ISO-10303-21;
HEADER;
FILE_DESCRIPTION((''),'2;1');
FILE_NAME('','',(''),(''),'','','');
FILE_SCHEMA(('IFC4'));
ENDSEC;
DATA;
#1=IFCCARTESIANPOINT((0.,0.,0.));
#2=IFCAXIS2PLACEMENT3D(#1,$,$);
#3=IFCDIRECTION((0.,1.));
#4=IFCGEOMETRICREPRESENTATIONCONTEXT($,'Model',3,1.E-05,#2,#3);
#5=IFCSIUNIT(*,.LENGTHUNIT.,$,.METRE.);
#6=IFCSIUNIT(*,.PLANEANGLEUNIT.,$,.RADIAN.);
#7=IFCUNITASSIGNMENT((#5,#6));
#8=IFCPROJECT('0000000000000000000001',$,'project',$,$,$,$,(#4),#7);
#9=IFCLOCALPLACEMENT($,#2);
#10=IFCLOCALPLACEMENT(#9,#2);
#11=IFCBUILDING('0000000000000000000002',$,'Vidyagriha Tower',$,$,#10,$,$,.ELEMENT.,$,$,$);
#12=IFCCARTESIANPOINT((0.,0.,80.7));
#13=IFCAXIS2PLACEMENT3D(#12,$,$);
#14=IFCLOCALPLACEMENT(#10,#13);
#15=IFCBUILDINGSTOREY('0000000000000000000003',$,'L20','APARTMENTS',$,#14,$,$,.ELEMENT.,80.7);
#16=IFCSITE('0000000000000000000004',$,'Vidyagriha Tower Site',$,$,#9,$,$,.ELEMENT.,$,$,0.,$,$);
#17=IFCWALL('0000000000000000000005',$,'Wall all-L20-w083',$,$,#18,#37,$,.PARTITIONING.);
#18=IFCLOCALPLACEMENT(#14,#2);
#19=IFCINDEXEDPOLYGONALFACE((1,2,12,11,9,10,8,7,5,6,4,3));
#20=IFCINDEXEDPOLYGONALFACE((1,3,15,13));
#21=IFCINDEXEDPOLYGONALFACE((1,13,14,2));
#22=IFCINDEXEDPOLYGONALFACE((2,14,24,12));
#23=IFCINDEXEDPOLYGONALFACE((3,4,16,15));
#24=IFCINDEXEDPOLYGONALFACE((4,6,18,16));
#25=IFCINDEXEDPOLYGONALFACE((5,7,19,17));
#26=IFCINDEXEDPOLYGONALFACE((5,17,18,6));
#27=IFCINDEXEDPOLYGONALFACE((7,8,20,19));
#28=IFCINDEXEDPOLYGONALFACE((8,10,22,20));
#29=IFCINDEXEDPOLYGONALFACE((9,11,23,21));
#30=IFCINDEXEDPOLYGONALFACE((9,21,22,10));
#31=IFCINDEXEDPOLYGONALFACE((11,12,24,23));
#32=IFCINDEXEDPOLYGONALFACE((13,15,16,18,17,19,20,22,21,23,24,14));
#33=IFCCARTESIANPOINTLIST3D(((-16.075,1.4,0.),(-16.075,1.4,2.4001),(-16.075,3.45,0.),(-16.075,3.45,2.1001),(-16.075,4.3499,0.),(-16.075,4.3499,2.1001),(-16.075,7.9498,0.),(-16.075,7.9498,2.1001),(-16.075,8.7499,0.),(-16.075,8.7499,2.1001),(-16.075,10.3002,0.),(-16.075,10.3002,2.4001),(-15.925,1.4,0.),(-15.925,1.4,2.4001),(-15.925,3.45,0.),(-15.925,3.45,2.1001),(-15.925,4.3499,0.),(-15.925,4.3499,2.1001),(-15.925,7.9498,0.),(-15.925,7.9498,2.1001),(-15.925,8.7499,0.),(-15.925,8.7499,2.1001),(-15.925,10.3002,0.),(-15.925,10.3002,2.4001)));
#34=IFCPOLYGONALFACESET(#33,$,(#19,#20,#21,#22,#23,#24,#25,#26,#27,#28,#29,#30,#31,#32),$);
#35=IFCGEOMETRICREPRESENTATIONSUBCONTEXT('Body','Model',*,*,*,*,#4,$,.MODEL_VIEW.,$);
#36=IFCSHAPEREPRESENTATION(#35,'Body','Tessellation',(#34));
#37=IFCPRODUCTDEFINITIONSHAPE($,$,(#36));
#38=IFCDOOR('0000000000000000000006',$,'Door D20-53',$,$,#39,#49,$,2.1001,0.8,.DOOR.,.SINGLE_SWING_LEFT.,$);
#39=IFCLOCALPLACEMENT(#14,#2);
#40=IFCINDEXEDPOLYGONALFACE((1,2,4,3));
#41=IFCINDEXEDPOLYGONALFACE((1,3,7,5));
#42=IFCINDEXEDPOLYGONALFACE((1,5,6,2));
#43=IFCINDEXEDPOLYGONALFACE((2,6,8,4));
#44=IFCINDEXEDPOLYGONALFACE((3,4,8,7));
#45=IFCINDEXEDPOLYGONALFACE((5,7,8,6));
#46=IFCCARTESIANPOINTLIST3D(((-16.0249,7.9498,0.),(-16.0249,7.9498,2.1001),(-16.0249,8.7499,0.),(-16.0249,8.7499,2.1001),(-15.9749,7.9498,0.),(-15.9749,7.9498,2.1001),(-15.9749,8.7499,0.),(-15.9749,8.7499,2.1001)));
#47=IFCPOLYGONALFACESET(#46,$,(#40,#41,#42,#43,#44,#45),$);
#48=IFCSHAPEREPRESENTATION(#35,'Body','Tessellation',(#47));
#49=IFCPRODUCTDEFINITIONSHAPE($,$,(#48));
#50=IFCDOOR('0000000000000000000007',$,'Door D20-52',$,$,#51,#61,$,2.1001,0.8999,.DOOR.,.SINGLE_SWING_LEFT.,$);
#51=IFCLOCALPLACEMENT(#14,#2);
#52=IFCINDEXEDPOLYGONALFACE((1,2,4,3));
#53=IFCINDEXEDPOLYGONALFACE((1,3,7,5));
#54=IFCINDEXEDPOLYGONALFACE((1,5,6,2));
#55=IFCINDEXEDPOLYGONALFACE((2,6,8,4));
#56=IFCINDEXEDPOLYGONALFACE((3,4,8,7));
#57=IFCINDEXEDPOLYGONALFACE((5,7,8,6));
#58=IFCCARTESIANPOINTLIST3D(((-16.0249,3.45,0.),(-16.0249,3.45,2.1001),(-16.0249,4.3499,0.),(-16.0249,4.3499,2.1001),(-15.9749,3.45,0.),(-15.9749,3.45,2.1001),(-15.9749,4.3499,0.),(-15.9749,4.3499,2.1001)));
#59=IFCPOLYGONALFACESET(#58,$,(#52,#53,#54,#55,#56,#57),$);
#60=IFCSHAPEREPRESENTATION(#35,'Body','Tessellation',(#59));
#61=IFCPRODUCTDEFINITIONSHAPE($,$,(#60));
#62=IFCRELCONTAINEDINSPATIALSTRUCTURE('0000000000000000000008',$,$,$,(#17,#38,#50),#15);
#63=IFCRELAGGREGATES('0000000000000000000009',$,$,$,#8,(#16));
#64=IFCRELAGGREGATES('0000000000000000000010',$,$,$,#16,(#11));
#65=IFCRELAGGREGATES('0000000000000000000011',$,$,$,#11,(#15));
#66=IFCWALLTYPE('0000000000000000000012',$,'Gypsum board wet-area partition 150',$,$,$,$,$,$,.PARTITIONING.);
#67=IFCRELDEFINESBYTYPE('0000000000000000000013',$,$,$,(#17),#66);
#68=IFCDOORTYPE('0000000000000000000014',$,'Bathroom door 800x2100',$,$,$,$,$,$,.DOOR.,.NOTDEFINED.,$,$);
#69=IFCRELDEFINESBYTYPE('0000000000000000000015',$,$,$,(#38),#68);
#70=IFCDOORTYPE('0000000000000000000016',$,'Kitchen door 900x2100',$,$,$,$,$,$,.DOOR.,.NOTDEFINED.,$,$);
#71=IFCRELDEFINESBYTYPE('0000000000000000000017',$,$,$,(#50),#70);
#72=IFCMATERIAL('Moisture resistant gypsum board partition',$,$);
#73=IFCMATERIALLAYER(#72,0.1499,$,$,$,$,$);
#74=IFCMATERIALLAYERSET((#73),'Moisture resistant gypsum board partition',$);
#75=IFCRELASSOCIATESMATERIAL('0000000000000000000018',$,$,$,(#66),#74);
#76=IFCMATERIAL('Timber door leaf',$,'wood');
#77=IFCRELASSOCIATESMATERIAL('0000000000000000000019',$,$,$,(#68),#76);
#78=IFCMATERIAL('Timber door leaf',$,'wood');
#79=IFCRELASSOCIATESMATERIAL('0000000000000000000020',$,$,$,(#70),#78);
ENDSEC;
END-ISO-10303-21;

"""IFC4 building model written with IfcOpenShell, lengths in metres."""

from ifc_helpers import new_model, si_unit, direction, frame, frame_2d, origin, place, context, subcontext, project, spatial, rectangle, extrude, material, layer, layer_set, type_object, element, fill, save


model = new_model("IFC4")

# Units and contexts
model_context = context("Model", 3, precision=1e-05, world=origin(), true_north=direction((0.0, 1.0)))
body_context = subcontext(model_context, "Body", "Model", "MODEL_VIEW")
ifc_project = project(units=[si_unit("LENGTHUNIT", "METRE"), si_unit("PLANEANGLEUNIT", "RADIAN")], contexts=[model_context])

# Site, building, storey
site_placement = place(None, origin())
site = spatial("IfcSite", under=ifc_project, at=site_placement, Name="Vidyagriha Tower Site", CompositionType="ELEMENT", RefElevation=0.0)
building_placement = place(site_placement, origin())
building = spatial("IfcBuilding", under=site, at=building_placement, Name="Vidyagriha Tower", CompositionType="ELEMENT")
storey_placement = place(building_placement, frame((0.0, 0.0, 80.7)))
storey = spatial("IfcBuildingStorey", under=building, at=storey_placement, Name="L20", Description="APARTMENTS", CompositionType="ELEMENT", Elevation=80.7)

# Wall, openings, doors
ifc_material_1 = material(Name="Moisture resistant gypsum board partition")
ifc_layer_1 = layer(ifc_material_1, 0.1499)
ifc_layer_set_1 = layer_set([ifc_layer_1], Name="Moisture resistant gypsum board partition")
wall_type_1 = type_object("IfcWallType", Name="Gypsum board wet-area partition 150", PredefinedType="PARTITIONING", material=ifc_layer_set_1)
wall_1_placement = place(storey_placement, frame((-16.0, 1.3999, 0.0), z_axis=(0.0, 0.0, 1.0), x_axis=(0.0, 1.0, 0.0)))
wall_1 = element("IfcWall", 1, at=wall_1_placement, inside=storey, type_object=wall_type_1, Name="Wall all-L20-w083", PredefinedType="PARTITIONING", context=body_context, shape_type="SweptSolid", body=[
    extrude(rectangle(XDim=8.9001, YDim=0.1499, at=frame_2d((4.4502, 0.0))), origin(), (0.0, 0.0, 1.0), 2.4001),
])
opening_1_placement = place(wall_1_placement, frame((2.05, 0.0, 0.0)))
opening_1 = element("IfcOpeningElement", 2, at=opening_1_placement, cuts=wall_1, PredefinedType="OPENING", context=body_context, shape_type="SweptSolid", body=[
    extrude(rectangle(XDim=0.8999, YDim=2.1001, at=frame_2d((0.45, 1.05))), frame((0.0, 0.085, 0.0), z_axis=(0.0, -1.0, 0.0), x_axis=(1.0, 0.0, 0.0)), (0.0, 0.0, 1.0), 0.1699),
])
opening_2_placement = place(wall_1_placement, frame((6.55, 0.0, 0.0)))
opening_2 = element("IfcOpeningElement", 3, at=opening_2_placement, cuts=wall_1, PredefinedType="OPENING", context=body_context, shape_type="SweptSolid", body=[
    extrude(rectangle(XDim=0.8, YDim=2.1001, at=frame_2d((0.3999, 1.05))), frame((0.0, 0.085, 0.0), z_axis=(0.0, -1.0, 0.0), x_axis=(1.0, 0.0, 0.0)), (0.0, 0.0, 1.0), 0.1699),
])
ifc_material_2 = material(Name="Timber door leaf", Category="wood")
door_type_1 = type_object("IfcDoorType", Name="Bathroom door 800x2100", OperationType="NOTDEFINED", PredefinedType="DOOR", material=ifc_material_2)
door_1_placement = place(opening_2_placement, origin())
door_1 = element("IfcDoor", 4, at=door_1_placement, inside=storey, type_object=door_type_1, Name="Door D20-53", OperationType="SINGLE_SWING_LEFT", OverallHeight=2.1001, OverallWidth=0.8, PredefinedType="DOOR", context=body_context, shape_type="SweptSolid", body=[
    extrude(rectangle(XDim=0.8, YDim=2.1001, at=frame_2d((0.3999, 1.05))), frame((0.0, 0.0249, 0.0), z_axis=(0.0, -1.0, 0.0), x_axis=(1.0, 0.0, 0.0)), (0.0, 0.0, 1.0), 0.05),
])
fill(opening_2, door_1)
ifc_material_3 = material(Name="Timber door leaf", Category="wood")
door_type_2 = type_object("IfcDoorType", Name="Kitchen door 900x2100", OperationType="NOTDEFINED", PredefinedType="DOOR", material=ifc_material_3)
door_2_placement = place(opening_1_placement, origin())
door_2 = element("IfcDoor", 5, at=door_2_placement, inside=storey, type_object=door_type_2, Name="Door D20-52", OperationType="SINGLE_SWING_LEFT", OverallHeight=2.1001, OverallWidth=0.8999, PredefinedType="DOOR", context=body_context, shape_type="SweptSolid", body=[
    extrude(rectangle(XDim=0.8999, YDim=2.1001, at=frame_2d((0.45, 1.05))), frame((0.0, 0.0249, 0.0), z_axis=(0.0, -1.0, 0.0), x_axis=(1.0, 0.0, 0.0)), (0.0, 0.0, 1.0), 0.05),
])
fill(opening_1, door_2)

save(model, "model.ifc")
